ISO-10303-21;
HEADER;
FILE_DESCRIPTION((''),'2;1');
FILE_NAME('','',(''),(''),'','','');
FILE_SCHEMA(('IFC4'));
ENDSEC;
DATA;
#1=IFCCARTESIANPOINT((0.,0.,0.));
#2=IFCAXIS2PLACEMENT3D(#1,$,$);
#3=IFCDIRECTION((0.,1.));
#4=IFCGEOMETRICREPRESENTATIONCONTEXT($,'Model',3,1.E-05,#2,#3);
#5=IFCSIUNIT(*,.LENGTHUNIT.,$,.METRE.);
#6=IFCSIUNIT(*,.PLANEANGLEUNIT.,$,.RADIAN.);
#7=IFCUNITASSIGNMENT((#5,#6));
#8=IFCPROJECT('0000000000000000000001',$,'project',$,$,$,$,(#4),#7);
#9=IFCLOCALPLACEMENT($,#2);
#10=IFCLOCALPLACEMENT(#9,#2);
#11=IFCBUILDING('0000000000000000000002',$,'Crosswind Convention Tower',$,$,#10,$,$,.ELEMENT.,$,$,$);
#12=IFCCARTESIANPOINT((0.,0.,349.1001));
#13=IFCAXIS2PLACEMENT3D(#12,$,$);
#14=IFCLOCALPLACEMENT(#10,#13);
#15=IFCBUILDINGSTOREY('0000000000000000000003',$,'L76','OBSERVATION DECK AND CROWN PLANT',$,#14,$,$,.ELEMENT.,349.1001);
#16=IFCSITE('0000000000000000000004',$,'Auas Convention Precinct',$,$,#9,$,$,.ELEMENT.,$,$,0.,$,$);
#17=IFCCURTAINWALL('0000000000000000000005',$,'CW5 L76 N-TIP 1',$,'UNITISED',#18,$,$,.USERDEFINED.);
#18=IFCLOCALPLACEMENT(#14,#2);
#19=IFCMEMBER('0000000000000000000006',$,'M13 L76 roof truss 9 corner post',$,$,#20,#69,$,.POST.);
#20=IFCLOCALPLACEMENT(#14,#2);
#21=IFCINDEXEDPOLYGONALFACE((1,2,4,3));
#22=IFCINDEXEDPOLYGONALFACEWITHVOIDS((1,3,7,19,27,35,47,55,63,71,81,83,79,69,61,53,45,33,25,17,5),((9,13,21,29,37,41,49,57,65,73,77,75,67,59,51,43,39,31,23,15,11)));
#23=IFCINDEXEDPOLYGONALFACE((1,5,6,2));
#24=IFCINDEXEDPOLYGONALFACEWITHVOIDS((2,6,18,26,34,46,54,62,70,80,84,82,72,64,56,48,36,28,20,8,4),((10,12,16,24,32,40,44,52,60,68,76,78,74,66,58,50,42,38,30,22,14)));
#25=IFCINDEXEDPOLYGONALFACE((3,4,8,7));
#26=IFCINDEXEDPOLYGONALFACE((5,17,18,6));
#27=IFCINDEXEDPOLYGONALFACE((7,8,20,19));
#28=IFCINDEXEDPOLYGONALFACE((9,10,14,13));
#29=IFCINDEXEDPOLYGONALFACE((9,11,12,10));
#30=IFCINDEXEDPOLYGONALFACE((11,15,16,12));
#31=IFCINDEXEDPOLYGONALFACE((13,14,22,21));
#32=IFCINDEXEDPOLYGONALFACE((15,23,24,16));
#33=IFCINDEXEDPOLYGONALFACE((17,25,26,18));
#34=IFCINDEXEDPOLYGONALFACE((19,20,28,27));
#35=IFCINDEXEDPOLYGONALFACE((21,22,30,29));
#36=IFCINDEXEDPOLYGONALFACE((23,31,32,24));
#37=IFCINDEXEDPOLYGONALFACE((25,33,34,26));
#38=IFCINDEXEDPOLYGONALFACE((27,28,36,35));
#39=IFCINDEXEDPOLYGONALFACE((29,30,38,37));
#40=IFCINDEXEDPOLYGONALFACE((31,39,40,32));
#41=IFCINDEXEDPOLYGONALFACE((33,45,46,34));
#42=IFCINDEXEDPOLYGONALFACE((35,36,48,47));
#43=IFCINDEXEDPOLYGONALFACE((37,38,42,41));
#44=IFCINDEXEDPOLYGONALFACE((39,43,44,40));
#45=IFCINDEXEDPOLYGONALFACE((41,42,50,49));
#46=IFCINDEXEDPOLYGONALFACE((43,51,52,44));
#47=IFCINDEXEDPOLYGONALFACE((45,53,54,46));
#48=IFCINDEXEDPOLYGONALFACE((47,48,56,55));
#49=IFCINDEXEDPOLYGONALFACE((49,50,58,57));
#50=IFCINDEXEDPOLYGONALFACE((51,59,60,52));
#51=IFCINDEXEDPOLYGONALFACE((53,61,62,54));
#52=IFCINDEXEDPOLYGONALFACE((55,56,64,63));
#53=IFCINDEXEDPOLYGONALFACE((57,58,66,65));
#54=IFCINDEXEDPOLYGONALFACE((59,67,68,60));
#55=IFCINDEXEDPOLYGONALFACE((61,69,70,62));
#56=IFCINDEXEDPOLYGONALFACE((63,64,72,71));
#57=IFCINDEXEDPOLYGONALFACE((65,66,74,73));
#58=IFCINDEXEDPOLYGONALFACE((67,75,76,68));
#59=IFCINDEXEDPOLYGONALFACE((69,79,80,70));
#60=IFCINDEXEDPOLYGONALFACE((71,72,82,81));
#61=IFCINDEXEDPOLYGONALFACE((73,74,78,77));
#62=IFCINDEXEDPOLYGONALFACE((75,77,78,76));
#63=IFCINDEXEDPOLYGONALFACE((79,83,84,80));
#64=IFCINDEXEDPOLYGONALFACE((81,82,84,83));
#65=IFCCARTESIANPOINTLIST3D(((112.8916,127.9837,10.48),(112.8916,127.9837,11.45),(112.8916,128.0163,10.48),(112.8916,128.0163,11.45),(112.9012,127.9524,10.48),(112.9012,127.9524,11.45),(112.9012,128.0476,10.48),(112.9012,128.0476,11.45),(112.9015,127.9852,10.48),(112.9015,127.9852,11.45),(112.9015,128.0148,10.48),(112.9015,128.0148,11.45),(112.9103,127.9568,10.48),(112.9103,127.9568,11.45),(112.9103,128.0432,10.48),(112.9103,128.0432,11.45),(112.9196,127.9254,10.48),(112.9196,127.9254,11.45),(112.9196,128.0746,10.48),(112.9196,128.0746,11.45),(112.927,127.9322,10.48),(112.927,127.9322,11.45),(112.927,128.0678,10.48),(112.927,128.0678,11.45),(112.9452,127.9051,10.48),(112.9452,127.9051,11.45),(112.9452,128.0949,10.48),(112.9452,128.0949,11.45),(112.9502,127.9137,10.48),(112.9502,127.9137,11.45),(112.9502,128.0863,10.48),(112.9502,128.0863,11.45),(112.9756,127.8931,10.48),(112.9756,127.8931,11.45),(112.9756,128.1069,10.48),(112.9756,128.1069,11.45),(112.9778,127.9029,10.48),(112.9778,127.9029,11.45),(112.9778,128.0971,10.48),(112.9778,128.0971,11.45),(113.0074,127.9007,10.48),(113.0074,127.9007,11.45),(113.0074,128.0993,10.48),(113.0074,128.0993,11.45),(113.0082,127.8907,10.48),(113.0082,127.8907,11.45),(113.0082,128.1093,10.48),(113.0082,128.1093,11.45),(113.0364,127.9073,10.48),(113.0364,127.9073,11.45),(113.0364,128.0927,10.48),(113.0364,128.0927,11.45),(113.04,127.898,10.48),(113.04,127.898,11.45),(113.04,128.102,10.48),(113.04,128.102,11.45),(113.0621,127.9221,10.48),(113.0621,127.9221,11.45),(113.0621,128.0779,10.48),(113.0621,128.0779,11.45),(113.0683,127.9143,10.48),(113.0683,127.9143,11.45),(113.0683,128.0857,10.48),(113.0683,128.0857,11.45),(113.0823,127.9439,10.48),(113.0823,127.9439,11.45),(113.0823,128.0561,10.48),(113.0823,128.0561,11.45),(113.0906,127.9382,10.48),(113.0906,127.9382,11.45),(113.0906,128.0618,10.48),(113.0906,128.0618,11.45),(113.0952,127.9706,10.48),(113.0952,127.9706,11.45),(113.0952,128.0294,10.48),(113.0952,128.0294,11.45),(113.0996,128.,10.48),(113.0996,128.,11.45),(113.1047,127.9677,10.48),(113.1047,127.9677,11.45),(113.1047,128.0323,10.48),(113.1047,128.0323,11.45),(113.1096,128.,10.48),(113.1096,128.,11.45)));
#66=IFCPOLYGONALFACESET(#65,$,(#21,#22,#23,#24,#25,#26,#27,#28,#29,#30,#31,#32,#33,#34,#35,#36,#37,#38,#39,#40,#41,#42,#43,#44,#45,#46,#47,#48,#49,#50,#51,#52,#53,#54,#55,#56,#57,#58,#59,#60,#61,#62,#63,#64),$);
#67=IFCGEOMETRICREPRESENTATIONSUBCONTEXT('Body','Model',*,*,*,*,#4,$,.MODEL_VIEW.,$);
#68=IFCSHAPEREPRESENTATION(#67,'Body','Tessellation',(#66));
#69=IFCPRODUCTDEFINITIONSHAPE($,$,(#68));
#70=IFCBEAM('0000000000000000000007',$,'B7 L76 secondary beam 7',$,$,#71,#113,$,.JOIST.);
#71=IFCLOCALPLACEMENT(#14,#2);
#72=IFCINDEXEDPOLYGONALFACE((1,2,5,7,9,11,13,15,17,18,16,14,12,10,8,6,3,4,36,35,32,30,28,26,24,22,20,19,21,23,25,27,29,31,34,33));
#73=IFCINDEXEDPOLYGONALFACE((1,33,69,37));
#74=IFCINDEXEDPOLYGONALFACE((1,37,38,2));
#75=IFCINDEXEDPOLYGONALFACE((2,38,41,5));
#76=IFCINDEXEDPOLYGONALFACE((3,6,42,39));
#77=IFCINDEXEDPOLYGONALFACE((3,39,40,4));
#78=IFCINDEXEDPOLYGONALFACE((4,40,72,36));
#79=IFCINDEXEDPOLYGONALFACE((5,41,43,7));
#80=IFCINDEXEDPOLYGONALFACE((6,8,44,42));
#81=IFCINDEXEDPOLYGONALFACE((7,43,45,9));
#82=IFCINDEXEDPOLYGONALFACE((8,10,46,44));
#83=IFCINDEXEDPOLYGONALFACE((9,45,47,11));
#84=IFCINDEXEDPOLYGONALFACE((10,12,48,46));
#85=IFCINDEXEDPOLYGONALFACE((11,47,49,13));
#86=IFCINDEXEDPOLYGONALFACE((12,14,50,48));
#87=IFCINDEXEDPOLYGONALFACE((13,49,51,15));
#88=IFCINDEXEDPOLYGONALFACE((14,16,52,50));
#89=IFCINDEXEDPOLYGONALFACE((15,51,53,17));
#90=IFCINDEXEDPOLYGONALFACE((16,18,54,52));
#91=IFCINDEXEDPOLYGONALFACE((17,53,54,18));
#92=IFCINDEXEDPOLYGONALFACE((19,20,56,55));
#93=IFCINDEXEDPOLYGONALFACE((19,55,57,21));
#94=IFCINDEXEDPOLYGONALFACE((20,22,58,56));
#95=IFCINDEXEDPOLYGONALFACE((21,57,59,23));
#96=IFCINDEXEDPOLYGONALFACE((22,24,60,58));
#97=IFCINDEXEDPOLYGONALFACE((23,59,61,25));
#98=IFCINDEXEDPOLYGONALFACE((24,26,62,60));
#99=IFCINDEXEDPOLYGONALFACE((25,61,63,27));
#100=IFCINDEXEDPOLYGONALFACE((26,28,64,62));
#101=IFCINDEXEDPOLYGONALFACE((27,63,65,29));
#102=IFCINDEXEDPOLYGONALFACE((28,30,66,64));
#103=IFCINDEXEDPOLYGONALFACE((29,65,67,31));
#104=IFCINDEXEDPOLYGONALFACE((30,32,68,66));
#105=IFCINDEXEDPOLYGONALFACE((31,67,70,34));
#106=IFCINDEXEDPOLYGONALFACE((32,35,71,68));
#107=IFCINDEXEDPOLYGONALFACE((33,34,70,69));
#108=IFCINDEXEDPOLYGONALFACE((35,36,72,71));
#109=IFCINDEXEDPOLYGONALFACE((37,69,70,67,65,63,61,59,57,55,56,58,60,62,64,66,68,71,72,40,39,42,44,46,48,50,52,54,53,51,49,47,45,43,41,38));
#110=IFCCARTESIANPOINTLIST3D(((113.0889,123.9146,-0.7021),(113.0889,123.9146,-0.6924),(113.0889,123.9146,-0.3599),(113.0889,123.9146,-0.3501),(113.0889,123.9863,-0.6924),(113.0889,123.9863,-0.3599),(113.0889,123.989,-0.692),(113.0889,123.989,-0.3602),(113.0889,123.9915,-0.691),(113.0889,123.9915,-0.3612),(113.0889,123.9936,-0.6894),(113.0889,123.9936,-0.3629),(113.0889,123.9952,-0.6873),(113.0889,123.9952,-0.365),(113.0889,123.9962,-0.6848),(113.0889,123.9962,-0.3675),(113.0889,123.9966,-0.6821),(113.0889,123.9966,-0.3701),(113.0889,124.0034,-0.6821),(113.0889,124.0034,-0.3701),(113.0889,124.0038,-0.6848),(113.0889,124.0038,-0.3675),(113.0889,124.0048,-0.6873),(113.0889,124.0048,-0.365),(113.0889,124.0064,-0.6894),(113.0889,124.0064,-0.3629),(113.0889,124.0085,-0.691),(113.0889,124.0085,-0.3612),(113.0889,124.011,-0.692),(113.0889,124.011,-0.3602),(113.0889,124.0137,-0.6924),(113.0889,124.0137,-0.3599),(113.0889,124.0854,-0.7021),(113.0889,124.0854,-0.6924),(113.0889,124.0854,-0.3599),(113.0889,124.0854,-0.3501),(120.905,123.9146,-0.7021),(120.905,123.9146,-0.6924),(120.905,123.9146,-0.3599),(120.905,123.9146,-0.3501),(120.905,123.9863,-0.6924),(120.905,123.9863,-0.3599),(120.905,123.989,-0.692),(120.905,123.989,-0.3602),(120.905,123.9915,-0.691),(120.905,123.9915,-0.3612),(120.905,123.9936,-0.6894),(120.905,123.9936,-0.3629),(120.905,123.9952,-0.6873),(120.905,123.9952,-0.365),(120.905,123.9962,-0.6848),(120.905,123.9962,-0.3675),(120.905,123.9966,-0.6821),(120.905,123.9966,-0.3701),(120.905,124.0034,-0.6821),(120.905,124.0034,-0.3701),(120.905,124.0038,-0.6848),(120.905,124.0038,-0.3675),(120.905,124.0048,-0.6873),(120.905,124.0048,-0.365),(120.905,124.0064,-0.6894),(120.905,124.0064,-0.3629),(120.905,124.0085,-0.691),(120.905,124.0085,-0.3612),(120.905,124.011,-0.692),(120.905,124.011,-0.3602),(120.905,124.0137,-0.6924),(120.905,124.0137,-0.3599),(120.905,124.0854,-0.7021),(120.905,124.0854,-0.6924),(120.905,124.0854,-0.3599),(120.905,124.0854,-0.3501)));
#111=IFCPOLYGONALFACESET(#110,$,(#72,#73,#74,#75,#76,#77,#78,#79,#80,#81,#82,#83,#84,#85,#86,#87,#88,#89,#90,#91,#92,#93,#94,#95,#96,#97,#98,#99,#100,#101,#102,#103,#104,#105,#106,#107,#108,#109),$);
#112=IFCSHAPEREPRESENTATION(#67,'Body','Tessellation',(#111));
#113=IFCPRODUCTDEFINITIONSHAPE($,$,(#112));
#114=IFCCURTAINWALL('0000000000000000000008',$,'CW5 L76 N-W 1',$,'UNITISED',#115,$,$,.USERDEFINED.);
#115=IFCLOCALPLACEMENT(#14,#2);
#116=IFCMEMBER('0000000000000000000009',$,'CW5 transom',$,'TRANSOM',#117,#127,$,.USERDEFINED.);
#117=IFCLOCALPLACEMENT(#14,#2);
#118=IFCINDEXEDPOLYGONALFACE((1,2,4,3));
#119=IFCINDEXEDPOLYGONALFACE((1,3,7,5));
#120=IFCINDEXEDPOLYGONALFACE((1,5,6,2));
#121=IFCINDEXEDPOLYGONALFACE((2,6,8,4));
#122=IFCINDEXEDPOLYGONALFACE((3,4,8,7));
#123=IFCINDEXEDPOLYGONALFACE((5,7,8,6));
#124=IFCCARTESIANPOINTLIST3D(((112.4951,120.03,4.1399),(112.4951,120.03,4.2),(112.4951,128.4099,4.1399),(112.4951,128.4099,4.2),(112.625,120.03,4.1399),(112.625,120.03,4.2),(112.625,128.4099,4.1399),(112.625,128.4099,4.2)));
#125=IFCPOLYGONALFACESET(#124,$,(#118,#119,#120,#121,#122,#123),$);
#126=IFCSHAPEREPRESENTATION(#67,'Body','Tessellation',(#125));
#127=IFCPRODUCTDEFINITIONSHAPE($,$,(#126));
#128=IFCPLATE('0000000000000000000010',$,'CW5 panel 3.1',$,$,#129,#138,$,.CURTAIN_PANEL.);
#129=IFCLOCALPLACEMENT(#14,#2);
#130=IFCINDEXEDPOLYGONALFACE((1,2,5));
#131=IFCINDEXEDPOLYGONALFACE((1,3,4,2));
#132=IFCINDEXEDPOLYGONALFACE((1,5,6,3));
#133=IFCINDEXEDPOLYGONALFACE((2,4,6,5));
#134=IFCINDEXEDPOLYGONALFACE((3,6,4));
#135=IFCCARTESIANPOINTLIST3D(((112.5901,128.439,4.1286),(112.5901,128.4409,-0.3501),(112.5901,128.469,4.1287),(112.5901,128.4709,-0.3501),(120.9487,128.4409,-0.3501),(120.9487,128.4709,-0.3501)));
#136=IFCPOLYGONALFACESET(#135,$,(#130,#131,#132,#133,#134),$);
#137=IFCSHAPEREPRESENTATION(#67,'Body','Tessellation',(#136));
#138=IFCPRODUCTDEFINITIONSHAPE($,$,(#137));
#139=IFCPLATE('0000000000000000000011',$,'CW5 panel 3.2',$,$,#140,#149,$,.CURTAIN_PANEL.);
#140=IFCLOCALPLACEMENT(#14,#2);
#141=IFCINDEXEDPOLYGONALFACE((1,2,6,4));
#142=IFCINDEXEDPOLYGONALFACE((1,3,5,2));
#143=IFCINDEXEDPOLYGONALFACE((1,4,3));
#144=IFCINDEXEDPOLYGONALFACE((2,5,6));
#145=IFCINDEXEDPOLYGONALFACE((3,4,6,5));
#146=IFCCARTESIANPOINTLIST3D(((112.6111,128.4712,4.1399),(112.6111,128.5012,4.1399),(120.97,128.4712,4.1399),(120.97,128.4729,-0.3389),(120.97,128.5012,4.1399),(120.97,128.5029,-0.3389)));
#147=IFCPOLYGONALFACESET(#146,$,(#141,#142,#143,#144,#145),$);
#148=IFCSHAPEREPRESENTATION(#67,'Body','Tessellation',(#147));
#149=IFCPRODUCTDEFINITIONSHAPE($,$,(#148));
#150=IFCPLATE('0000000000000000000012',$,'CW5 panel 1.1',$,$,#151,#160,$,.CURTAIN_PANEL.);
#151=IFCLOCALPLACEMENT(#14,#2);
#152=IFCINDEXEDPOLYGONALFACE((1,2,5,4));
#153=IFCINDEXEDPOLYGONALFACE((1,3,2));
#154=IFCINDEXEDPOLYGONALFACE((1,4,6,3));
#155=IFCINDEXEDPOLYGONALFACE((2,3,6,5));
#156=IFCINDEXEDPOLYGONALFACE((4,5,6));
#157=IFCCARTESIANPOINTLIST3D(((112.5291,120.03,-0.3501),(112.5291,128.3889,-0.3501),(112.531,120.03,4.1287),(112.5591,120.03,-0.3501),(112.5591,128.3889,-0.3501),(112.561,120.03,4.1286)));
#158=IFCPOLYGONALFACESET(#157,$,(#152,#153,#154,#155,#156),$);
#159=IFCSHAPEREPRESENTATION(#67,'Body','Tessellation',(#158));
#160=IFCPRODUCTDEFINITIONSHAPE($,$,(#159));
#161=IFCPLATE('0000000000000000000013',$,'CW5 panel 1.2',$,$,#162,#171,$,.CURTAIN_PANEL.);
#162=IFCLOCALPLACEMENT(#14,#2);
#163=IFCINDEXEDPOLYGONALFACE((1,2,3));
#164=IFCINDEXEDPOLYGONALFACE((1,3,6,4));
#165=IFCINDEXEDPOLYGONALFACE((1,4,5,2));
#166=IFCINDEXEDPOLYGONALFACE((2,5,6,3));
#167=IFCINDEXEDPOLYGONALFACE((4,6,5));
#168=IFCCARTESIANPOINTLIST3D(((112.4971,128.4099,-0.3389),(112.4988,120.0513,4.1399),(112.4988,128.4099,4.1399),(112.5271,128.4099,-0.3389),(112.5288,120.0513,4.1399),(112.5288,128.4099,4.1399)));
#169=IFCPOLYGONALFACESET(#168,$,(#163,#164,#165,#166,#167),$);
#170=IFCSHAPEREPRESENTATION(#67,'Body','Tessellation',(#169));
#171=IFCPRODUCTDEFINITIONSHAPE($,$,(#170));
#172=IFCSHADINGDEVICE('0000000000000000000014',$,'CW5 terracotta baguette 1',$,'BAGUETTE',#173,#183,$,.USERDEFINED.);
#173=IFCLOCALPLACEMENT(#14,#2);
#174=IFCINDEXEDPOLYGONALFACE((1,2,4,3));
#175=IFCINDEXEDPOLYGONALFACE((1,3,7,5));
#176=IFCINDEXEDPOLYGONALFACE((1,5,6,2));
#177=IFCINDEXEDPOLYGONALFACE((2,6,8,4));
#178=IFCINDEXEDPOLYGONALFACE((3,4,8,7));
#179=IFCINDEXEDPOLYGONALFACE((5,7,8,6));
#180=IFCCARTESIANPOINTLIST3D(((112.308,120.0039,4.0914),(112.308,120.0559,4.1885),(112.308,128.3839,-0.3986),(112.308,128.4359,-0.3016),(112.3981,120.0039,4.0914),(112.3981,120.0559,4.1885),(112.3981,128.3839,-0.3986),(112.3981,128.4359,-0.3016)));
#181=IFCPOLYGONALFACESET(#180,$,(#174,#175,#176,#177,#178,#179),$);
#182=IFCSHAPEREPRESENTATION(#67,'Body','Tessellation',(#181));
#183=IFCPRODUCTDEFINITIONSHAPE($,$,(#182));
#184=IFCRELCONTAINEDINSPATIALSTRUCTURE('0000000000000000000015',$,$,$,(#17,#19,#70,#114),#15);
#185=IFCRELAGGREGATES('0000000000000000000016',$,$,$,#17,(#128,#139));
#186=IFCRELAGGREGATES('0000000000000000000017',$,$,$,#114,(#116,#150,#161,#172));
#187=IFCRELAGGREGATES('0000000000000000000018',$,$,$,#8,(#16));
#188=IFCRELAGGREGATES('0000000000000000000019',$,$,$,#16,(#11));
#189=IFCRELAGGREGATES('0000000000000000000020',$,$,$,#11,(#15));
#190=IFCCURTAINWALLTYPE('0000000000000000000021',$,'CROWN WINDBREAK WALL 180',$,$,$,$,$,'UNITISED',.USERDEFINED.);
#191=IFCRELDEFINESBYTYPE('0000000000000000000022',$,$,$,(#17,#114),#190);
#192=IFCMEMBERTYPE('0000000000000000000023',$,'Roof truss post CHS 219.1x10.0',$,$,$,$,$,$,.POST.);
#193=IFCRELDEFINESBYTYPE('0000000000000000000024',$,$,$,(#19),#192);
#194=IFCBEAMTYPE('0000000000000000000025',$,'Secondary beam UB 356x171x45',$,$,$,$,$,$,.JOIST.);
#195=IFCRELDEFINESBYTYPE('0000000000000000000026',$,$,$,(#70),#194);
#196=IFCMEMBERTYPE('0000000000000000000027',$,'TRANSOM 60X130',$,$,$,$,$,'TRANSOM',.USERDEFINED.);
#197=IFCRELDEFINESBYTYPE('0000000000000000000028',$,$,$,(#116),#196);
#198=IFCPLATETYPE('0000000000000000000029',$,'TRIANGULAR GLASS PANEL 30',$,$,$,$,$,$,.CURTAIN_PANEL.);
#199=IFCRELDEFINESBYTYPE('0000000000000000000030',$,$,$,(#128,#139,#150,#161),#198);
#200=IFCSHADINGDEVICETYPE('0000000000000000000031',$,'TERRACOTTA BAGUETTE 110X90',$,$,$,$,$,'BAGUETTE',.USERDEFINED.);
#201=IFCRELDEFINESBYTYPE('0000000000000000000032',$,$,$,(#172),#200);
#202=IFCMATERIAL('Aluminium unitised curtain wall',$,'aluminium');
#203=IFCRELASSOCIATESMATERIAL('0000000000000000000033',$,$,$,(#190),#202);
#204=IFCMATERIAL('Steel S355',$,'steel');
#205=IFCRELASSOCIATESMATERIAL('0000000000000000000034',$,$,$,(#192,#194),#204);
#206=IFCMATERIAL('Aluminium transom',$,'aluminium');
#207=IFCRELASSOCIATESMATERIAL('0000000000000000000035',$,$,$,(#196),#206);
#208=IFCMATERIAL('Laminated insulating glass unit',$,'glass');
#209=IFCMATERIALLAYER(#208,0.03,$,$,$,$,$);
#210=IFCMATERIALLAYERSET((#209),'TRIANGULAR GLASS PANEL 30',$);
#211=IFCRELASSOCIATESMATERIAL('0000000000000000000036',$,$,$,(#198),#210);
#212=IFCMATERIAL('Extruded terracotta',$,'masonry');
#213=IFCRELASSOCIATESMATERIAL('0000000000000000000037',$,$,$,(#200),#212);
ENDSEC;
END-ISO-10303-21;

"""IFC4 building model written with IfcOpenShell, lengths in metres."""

from ifc_helpers import new_model, si_unit, direction, frame, origin, origin_2d, place, context, subcontext, project, spatial, polyline, rectangle, hollow_circle, i_section, outline, extrude, material, layer, layer_set, material_profile, profile_set, type_object, element, aggregate, save


model = new_model("IFC4")

# Units and contexts
model_context = context("Model", 3, precision=1e-05, world=origin(), true_north=direction((0.0, 1.0)))
body_context = subcontext(model_context, "Body", "Model", "MODEL_VIEW")
ifc_project = project(units=[si_unit("LENGTHUNIT", "METRE"), si_unit("PLANEANGLEUNIT", "RADIAN")], contexts=[model_context])

# Site, building, storey
site_placement = place(None, origin())
site = spatial("IfcSite", under=ifc_project, at=site_placement, Name="Auas Convention Precinct", CompositionType="ELEMENT", RefElevation=0.0)
building_placement = place(site_placement, origin())
building = spatial("IfcBuilding", under=site, at=building_placement, Name="Crosswind Convention Tower", CompositionType="ELEMENT")
storey_placement = place(building_placement, frame((0.0, 0.0, 349.1001)))
storey = spatial("IfcBuildingStorey", under=building, at=storey_placement, Name="L76", Description="OBSERVATION DECK AND CROWN PLANT", CompositionType="ELEMENT", Elevation=349.1001)

# Shared definitions
ifc_material_1 = material(Name="Steel S355", Category="steel")

# Curtain wall
ifc_material_2 = material(Name="Aluminium unitised curtain wall", Category="aluminium")
curtain_wall_type = type_object("IfcCurtainWallType", Name="CROWN WINDBREAK WALL 180", ElementType="UNITISED", PredefinedType="USERDEFINED", material=ifc_material_2)
curtain_wall_1_placement = place(storey_placement, origin())
curtain_wall_1 = element("IfcCurtainWall", 1, at=curtain_wall_1_placement, inside=storey, type_object=curtain_wall_type, Name="CW5 L76 N-TIP 1", ObjectType="UNITISED", PredefinedType="USERDEFINED")

# Member
ifc_material_profile_1 = material_profile(ifc_material_1, hollow_circle(Radius=0.1096, WallThickness=0.01, at=origin_2d()), Name="CHS 219.1x10.0")
ifc_profile_set_1 = profile_set([ifc_material_profile_1], Name="Steel S355")
member_type_1 = type_object("IfcMemberType", Name="Roof truss post CHS 219.1x10.0", PredefinedType="POST", material=ifc_profile_set_1)
for number, where, z_axis, x_axis, name in (
    (2, (113.0, 128.0, 10.48), (0.0, 0.0, 1.0), (1.0, 0.0, 0.0), "M13 L76 roof truss 9 corner post"),
):
    element("IfcMember", number, at=place(storey_placement, frame(where, z_axis=z_axis, x_axis=x_axis)), inside=storey, type_object=member_type_1, Name=name, PredefinedType="POST", context=body_context, shape_type="SweptSolid", body=[
        extrude(hollow_circle(Radius=0.1096, WallThickness=0.01, at=origin_2d()), origin(), (0.0, 0.0, 1.0), 0.97),
    ])

# Beam
ifc_material_profile_2 = material_profile(ifc_material_1, i_section(OverallWidth=0.1709, OverallDepth=0.3521, WebThickness=0.0068, FlangeThickness=0.0098, FilletRadius=0.0103, at=origin_2d()), Name="UB 356x171x45")
ifc_profile_set_2 = profile_set([ifc_material_profile_2], Name="Steel S355")
beam_type_1 = type_object("IfcBeamType", Name="Secondary beam UB 356x171x45", PredefinedType="JOIST", material=ifc_profile_set_2)
beam_placement = place(storey_placement, frame((113.0889, 124.0, -0.5261), z_axis=(1.0, 0.0, 0.0), x_axis=(0.0, 1.0, 0.0)))
element("IfcBeam", 3, at=beam_placement, inside=storey, type_object=beam_type_1, Name="B7 L76 secondary beam 7", PredefinedType="JOIST", context=body_context, shape_type="SweptSolid", body=[
    extrude(i_section(OverallWidth=0.1709, OverallDepth=0.3521, WebThickness=0.0068, FlangeThickness=0.0098, FilletRadius=0.0103, at=origin_2d()), origin(), (0.0, 0.0, 1.0), 7.8162),
])

# Curtain wall, member
curtain_wall_2_placement = place(storey_placement, origin())
curtain_wall_2 = element("IfcCurtainWall", 4, at=curtain_wall_2_placement, inside=storey, type_object=curtain_wall_type, Name="CW5 L76 N-W 1", ObjectType="UNITISED", PredefinedType="USERDEFINED")
ifc_material_3 = material(Name="Aluminium transom", Category="aluminium")
ifc_material_profile_3 = material_profile(ifc_material_3, rectangle(XDim=0.1299, YDim=0.0601, at=origin_2d()), Name="AL 130X60")
ifc_profile_set_3 = profile_set([ifc_material_profile_3], Name="Aluminium transom")
member_type_2 = type_object("IfcMemberType", Name="TRANSOM 60X130", ElementType="TRANSOM", PredefinedType="USERDEFINED", material=ifc_profile_set_3)
member_1_placement = place(storey_placement, frame((112.5601, 128.4099, 4.1699), z_axis=(0.0, -1.0, 0.0), x_axis=(1.0, 0.0, 0.0)))
member_1 = element("IfcMember", 5, at=member_1_placement, type_object=member_type_2, Name="CW5 transom", ObjectType="TRANSOM", PredefinedType="USERDEFINED", context=body_context, shape_type="SweptSolid", body=[
    extrude(rectangle(XDim=0.1299, YDim=0.0601, at=origin_2d()), origin(), (0.0, 0.0, 1.0), 8.3799),
])

# Plates
ifc_material_4 = material(Name="Laminated insulating glass unit", Category="glass")
ifc_layer_1 = layer(ifc_material_4, 0.03)
ifc_layer_set_1 = layer_set([ifc_layer_1], Name="TRIANGULAR GLASS PANEL 30")
plate_type = type_object("IfcPlateType", Name="TRIANGULAR GLASS PANEL 30", PredefinedType="CURTAIN_PANEL", material=ifc_layer_set_1)
plate_1_placement = place(storey_placement, frame((112.5901, 128.4709, -0.3501), z_axis=(0.0, 1.0, 0.000436), x_axis=(0.0, -0.000436, 1.0)))
plate_1 = element("IfcPlate", 6, at=plate_1_placement, type_object=plate_type, Name="CW5 panel 3.1", PredefinedType="CURTAIN_PANEL", context=body_context, shape_type="SweptSolid", body=[
    extrude(outline(polyline([(0.0, 0.0), (4.4788, 0.0), (0.0, 8.3586), (0.0, 0.0)])), origin(), (0.0, 0.0, -1.0), 0.03),
])
plate_2_placement = place(storey_placement, frame((120.97, 128.5012, 4.1399), z_axis=(0.0, 1.0, 0.000382), x_axis=(0.0, 0.000382, -1.0)))
plate_2 = element("IfcPlate", 7, at=plate_2_placement, type_object=plate_type, Name="CW5 panel 3.2", PredefinedType="CURTAIN_PANEL", context=body_context, shape_type="SweptSolid", body=[
    extrude(outline(polyline([(0.0, 0.0), (4.4788, 0.0), (0.0, 8.3589), (0.0, 0.0)])), origin(), (0.0, 0.0, -1.0), 0.03),
])
aggregate(curtain_wall_1, [plate_1, plate_2])
plate_3_placement = place(storey_placement, frame((112.5291, 120.03, -0.3501), z_axis=(-1.0, 0.0, 0.000436), x_axis=(0.000436, 0.0, 1.0)))
plate_3 = element("IfcPlate", 8, at=plate_3_placement, type_object=plate_type, Name="CW5 panel 1.1", PredefinedType="CURTAIN_PANEL", context=body_context, shape_type="SweptSolid", body=[
    extrude(outline(polyline([(0.0, 0.0), (4.4788, 0.0), (0.0, 8.3589), (0.0, 0.0)])), origin(), (0.0, 0.0, -1.0), 0.03),
])
plate_4_placement = place(storey_placement, frame((112.4988, 128.4099, 4.1399), z_axis=(-1.0, 0.0, 0.000382), x_axis=(-0.000382, 0.0, -1.0)))
plate_4 = element("IfcPlate", 9, at=plate_4_placement, type_object=plate_type, Name="CW5 panel 1.2", PredefinedType="CURTAIN_PANEL", context=body_context, shape_type="SweptSolid", body=[
    extrude(outline(polyline([(0.0, 0.0), (4.4788, 0.0), (0.0, 8.3586), (0.0, 0.0)])), origin(), (0.0, 0.0, -1.0), 0.03),
])

# Shading device
ifc_material_5 = material(Name="Extruded terracotta", Category="masonry")
ifc_material_profile_4 = material_profile(ifc_material_5, rectangle(XDim=0.0901, YDim=0.1101, at=origin_2d()), Name="TC 90X110")
ifc_profile_set_4 = profile_set([ifc_material_profile_4], Name="Extruded terracotta")
shading_device_type = type_object("IfcShadingDeviceType", Name="TERRACOTTA BAGUETTE 110X90", ElementType="BAGUETTE", PredefinedType="USERDEFINED", material=ifc_profile_set_4)
shading_device_placement = place(storey_placement, frame((112.353, 128.4099, -0.3501), z_axis=(0.0, -0.881446, 0.472284), x_axis=(1.0, 0.0, 0.0)))
shading_device = element("IfcShadingDevice", 10, at=shading_device_placement, type_object=shading_device_type, Name="CW5 terracotta baguette 1", ObjectType="BAGUETTE", PredefinedType="USERDEFINED", context=body_context, shape_type="SweptSolid", body=[
    extrude(rectangle(XDim=0.0901, YDim=0.1101, at=origin_2d()), origin(), (0.0, 0.0, 1.0), 9.5071),
])
aggregate(curtain_wall_2, [member_1, plate_3, plate_4, shading_device])

save(model, "model.ifc")
